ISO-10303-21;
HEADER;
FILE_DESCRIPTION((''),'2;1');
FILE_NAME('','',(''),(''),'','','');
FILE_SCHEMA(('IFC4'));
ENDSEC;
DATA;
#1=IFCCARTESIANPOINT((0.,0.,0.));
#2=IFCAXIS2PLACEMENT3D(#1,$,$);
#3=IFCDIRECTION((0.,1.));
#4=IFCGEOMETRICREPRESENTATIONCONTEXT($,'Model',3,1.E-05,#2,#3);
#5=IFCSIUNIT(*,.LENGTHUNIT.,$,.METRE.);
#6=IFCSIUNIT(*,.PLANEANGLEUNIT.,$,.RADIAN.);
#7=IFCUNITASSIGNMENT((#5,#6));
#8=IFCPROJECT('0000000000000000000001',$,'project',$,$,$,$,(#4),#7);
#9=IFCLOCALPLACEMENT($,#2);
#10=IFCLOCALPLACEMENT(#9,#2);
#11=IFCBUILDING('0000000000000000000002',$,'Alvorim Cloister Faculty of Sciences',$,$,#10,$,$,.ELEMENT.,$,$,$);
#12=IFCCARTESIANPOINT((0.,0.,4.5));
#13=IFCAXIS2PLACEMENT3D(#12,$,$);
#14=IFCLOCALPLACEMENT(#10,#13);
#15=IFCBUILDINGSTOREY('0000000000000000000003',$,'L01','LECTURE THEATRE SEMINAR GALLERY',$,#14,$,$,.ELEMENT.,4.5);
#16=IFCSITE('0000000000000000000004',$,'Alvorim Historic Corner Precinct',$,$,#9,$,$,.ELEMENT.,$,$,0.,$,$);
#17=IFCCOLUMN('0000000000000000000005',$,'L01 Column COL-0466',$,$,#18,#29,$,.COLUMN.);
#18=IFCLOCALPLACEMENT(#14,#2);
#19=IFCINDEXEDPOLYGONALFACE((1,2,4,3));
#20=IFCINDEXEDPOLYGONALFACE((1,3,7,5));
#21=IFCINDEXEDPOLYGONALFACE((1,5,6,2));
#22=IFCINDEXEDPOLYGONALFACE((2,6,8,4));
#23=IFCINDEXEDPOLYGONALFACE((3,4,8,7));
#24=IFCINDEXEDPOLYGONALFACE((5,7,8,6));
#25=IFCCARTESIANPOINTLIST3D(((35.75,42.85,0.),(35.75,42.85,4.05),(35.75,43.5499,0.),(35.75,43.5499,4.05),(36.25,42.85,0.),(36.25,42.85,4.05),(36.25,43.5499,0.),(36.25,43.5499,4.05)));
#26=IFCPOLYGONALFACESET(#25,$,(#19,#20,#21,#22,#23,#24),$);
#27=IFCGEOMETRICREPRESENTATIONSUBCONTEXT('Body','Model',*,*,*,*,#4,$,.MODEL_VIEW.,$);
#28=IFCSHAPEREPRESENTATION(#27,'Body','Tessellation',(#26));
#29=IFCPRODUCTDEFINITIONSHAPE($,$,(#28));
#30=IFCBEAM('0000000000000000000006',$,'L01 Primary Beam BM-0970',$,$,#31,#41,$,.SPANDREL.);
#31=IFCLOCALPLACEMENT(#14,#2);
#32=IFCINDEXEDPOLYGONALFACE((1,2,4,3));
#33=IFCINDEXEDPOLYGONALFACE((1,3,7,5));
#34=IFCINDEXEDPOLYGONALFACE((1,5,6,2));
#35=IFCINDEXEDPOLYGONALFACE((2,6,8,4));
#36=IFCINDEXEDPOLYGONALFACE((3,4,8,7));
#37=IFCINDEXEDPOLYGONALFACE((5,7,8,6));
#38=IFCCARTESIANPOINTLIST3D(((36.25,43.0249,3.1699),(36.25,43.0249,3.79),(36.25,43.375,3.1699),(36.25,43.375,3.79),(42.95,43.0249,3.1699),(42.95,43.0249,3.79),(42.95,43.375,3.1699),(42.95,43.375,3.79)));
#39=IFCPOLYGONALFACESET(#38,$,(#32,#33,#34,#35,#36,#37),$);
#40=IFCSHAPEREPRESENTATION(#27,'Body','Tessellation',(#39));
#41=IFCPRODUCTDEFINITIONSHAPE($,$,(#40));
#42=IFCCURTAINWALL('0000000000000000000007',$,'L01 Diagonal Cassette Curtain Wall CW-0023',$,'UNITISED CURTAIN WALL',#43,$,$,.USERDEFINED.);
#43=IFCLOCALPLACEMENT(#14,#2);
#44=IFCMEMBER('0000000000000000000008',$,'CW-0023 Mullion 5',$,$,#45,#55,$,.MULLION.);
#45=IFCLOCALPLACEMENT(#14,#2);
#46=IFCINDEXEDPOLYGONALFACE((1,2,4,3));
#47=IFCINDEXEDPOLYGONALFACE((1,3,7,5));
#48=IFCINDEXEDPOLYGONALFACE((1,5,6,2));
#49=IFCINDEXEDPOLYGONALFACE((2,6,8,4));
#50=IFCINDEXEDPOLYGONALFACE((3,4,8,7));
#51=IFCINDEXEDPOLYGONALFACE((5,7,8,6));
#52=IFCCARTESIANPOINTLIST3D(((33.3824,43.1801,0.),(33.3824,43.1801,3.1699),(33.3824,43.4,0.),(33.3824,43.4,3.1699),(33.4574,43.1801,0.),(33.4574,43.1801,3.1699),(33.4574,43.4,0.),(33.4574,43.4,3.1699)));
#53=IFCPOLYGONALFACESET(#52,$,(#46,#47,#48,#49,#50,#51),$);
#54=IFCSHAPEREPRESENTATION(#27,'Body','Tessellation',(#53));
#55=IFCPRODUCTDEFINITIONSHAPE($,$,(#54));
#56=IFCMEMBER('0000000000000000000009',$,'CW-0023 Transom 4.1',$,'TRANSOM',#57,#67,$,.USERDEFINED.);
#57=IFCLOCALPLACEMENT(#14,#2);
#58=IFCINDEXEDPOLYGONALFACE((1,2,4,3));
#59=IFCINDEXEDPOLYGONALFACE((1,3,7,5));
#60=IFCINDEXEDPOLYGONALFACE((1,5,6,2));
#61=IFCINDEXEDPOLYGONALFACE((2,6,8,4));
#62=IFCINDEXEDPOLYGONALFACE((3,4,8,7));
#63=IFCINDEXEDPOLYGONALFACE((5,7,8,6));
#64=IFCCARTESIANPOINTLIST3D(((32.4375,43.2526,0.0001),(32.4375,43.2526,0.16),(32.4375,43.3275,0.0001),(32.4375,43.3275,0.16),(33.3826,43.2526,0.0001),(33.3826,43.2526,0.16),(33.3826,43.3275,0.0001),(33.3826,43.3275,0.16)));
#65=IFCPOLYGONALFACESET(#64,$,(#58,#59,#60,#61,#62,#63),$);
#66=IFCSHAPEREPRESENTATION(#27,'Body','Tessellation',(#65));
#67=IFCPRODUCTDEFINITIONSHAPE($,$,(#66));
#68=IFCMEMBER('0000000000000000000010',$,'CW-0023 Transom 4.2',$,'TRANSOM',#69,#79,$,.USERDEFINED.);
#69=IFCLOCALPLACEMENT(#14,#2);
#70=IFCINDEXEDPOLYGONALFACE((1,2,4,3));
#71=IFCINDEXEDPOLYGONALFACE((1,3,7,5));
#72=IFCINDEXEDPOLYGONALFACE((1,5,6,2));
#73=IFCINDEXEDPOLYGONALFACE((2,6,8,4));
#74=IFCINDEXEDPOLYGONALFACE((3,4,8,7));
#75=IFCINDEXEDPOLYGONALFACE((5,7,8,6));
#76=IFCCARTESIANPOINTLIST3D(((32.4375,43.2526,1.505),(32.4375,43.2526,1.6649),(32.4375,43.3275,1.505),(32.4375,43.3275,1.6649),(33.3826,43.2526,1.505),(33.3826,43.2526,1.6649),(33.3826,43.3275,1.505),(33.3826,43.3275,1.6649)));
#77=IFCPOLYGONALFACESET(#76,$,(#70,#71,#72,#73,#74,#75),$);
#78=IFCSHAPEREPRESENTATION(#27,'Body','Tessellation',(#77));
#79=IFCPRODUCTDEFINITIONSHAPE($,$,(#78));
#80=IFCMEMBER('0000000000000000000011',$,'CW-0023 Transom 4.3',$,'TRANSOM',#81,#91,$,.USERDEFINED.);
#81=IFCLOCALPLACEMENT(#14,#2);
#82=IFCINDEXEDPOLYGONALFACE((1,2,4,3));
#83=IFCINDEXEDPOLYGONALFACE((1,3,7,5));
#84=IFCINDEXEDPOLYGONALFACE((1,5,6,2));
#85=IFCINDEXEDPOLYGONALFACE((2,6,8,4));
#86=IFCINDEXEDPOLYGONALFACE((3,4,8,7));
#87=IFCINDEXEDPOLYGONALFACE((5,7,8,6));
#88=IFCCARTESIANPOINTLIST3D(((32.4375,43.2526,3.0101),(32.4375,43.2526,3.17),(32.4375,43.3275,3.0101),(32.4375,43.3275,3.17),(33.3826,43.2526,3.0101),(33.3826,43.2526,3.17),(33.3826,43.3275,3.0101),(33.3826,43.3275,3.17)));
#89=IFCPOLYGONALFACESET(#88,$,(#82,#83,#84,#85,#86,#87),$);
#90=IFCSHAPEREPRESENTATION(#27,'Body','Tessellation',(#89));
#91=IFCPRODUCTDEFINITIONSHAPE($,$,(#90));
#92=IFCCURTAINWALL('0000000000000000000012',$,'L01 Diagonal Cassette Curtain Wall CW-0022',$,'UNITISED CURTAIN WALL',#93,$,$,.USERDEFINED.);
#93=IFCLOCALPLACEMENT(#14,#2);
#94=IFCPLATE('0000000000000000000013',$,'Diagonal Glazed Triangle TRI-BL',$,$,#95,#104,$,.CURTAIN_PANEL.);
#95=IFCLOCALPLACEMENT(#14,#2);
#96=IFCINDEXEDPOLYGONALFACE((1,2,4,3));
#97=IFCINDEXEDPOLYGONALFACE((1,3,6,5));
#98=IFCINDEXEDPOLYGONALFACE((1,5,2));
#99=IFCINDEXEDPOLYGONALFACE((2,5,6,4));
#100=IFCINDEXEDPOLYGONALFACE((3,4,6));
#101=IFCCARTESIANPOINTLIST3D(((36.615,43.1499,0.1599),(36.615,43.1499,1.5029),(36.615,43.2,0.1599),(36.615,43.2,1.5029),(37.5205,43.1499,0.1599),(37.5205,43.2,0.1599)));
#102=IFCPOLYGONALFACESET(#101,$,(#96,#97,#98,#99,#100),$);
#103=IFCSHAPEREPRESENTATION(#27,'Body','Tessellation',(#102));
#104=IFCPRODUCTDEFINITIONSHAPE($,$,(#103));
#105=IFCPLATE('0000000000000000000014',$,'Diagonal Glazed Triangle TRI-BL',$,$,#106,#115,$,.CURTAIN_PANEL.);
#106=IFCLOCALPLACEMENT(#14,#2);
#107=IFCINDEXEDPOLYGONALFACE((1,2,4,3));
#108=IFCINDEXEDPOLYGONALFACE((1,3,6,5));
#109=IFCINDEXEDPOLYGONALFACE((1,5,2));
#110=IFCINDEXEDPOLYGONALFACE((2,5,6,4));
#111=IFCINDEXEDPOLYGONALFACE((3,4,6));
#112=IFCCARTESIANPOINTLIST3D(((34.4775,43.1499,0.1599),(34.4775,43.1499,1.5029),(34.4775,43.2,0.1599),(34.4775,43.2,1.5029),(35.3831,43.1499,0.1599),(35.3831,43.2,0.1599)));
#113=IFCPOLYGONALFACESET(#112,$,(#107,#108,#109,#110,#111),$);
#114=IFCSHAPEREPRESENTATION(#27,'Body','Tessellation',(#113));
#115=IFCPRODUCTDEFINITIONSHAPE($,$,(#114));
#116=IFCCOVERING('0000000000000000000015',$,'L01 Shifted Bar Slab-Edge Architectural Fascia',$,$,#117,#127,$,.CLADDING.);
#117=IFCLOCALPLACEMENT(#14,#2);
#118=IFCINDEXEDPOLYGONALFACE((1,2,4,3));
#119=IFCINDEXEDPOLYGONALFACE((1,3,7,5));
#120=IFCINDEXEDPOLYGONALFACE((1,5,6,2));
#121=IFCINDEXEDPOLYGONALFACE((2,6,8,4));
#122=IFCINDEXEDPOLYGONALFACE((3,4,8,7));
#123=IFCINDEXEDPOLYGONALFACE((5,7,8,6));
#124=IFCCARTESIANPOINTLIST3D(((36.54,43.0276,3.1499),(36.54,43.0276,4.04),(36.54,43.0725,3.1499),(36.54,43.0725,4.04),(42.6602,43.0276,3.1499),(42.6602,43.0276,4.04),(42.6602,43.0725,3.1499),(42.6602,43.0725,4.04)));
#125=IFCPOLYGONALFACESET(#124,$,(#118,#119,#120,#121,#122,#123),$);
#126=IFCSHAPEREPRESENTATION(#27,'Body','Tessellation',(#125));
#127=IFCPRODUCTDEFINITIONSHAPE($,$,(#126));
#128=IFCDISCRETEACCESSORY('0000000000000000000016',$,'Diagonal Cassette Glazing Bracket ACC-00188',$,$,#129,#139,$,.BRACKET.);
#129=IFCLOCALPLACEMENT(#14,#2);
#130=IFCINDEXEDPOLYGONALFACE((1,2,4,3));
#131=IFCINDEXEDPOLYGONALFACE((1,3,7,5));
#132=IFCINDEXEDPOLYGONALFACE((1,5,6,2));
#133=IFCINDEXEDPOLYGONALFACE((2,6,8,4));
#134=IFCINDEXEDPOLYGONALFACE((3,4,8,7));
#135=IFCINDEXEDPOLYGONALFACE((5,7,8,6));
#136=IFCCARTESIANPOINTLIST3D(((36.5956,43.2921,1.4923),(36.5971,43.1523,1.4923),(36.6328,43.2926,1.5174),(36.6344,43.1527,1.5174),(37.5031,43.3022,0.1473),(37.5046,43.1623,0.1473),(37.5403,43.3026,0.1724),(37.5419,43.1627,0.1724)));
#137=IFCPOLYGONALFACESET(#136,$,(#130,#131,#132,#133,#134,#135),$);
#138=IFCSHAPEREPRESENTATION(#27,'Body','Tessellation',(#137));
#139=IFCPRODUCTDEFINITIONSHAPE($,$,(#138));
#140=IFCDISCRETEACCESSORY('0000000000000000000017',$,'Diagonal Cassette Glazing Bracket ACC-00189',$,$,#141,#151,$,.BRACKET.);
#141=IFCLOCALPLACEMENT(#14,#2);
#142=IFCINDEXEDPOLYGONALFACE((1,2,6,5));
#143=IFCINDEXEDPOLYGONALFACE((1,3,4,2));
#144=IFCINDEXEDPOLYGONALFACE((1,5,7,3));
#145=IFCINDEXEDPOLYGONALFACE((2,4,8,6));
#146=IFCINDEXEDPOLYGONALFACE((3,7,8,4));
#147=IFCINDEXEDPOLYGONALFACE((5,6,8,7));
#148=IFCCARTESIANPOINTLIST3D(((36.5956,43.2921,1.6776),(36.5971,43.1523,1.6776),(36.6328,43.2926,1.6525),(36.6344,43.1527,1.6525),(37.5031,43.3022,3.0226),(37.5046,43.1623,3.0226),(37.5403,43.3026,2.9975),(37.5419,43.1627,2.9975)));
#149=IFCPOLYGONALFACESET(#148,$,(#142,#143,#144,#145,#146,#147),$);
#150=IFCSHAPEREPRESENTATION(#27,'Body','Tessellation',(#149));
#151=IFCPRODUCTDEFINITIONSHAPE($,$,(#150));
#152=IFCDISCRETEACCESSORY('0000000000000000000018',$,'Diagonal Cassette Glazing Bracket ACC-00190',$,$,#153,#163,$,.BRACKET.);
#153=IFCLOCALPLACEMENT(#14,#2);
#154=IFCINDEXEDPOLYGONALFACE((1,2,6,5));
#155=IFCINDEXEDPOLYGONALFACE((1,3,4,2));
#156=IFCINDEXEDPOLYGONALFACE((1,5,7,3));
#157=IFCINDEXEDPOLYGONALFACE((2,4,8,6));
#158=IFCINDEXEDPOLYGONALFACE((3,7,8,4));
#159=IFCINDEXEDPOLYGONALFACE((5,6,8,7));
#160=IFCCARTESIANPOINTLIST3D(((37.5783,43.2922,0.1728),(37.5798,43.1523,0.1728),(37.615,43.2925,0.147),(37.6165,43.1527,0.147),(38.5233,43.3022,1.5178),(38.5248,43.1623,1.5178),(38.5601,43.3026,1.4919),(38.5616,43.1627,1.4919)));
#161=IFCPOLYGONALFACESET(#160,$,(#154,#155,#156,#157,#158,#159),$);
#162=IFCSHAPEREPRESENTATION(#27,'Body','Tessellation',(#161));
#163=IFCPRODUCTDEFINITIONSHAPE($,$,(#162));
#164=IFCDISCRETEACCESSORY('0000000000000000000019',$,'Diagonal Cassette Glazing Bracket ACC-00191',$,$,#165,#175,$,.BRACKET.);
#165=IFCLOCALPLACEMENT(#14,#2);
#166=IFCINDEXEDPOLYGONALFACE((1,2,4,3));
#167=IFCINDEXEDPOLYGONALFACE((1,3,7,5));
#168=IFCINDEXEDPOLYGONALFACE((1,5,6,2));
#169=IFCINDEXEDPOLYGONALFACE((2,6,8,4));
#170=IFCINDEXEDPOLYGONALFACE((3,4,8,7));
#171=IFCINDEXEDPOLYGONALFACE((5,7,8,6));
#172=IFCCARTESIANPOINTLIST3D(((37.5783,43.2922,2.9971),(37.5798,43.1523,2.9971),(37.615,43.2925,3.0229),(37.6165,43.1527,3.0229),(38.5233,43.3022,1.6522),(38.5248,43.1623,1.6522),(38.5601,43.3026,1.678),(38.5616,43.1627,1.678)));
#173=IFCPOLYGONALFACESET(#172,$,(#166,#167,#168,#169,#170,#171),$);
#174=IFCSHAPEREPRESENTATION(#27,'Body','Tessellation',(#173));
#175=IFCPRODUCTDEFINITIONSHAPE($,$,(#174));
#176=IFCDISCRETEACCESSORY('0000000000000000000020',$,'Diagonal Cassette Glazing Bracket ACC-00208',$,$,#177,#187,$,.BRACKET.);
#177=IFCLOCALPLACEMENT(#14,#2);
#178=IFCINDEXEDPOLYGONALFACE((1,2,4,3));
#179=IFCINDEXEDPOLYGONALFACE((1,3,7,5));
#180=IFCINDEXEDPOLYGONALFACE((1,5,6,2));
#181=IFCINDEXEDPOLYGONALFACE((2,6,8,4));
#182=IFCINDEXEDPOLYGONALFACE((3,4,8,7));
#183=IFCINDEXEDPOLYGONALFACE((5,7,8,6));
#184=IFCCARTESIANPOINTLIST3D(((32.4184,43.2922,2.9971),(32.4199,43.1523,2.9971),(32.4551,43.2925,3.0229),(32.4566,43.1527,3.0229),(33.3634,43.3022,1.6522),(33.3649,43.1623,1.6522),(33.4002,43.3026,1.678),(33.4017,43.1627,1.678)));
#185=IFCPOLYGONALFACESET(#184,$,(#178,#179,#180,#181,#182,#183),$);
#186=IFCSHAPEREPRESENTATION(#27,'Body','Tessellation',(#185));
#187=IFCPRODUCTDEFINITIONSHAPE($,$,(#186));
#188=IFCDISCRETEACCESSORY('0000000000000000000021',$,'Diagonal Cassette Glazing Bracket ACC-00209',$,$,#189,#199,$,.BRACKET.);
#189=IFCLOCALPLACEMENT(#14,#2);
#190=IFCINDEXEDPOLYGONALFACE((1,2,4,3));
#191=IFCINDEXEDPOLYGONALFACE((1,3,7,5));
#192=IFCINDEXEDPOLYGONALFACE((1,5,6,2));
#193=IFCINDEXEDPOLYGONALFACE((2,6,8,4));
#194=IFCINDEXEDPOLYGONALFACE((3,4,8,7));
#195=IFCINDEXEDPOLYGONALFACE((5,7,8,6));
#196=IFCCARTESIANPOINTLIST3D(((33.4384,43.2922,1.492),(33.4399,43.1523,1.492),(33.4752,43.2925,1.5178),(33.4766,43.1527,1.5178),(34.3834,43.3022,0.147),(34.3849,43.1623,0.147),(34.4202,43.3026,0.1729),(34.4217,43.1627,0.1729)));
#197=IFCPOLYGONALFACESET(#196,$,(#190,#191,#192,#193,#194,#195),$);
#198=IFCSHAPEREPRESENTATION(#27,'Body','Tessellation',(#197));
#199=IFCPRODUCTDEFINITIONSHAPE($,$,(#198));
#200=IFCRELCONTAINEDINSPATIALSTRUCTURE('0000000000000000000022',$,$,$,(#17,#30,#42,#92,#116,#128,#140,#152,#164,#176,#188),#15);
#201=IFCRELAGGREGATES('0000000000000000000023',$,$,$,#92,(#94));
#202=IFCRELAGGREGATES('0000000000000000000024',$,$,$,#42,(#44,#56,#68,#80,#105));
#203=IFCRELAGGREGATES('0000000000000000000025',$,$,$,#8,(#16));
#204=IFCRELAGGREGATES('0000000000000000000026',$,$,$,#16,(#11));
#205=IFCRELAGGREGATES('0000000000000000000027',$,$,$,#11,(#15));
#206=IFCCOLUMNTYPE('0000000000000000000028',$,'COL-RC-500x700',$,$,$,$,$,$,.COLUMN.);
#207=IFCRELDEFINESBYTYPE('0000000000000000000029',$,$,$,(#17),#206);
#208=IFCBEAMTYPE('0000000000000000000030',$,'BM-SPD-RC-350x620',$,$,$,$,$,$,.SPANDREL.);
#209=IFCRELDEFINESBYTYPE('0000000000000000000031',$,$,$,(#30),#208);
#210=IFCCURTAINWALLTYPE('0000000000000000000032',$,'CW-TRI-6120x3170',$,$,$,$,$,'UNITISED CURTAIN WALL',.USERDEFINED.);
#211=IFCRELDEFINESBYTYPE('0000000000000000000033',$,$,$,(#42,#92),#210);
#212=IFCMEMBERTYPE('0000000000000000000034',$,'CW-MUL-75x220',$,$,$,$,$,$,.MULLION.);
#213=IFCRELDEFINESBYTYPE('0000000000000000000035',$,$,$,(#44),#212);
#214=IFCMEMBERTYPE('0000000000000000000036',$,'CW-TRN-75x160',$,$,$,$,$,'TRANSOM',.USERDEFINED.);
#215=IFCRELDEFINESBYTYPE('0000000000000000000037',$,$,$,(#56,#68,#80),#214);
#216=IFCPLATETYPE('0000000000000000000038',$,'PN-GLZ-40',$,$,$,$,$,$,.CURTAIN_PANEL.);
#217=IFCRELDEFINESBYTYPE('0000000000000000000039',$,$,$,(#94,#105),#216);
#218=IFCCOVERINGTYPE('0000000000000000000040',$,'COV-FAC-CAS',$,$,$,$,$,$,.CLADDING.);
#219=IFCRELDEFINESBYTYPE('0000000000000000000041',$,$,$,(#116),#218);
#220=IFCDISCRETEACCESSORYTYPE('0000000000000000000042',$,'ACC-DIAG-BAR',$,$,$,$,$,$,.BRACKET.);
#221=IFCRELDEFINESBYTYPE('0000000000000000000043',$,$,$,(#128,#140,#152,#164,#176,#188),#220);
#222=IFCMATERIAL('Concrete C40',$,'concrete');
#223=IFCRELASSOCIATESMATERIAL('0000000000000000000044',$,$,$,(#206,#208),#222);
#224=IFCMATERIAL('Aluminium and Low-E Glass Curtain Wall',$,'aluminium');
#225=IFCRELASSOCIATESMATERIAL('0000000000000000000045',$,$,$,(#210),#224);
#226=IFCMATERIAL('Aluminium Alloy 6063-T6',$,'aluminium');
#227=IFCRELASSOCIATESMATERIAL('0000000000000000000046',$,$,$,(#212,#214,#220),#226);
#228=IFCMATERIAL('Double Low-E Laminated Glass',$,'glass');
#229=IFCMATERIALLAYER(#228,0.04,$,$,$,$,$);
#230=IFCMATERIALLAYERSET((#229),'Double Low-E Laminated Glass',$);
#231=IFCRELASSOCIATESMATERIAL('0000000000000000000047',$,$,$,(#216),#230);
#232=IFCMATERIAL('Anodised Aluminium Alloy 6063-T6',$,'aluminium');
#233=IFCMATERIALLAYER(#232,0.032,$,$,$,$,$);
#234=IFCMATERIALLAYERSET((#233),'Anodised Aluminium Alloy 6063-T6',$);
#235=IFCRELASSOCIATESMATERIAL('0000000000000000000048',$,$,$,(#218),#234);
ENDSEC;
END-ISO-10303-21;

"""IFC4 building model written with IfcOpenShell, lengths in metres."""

from ifc_helpers import new_model, si_unit, direction, frame, origin, origin_2d, place, context, subcontext, project, spatial, polyline, rectangle, outline, extrude, material, layer, layer_set, material_profile, profile_set, type_object, element, aggregate, save


model = new_model("IFC4")

# Units and contexts
model_context = context("Model", 3, precision=1e-05, world=origin(), true_north=direction((0.0, 1.0)))
body_context = subcontext(model_context, "Body", "Model", "MODEL_VIEW")
ifc_project = project(units=[si_unit("LENGTHUNIT", "METRE"), si_unit("PLANEANGLEUNIT", "RADIAN")], contexts=[model_context])

# Site, building, storey
site_placement = place(None, origin())
site = spatial("IfcSite", under=ifc_project, at=site_placement, Name="Alvorim Historic Corner Precinct", CompositionType="ELEMENT", RefElevation=0.0)
building_placement = place(site_placement, origin())
building = spatial("IfcBuilding", under=site, at=building_placement, Name="Alvorim Cloister Faculty of Sciences", CompositionType="ELEMENT")
storey_placement = place(building_placement, frame((0.0, 0.0, 4.5)))
storey = spatial("IfcBuildingStorey", under=building, at=storey_placement, Name="L01", Description="LECTURE THEATRE SEMINAR GALLERY", CompositionType="ELEMENT", Elevation=4.5)

# Column
ifc_material_1 = material(Name="Concrete C40", Category="concrete")
ifc_material_profile_1 = material_profile(ifc_material_1, rectangle(XDim=0.5, YDim=0.7, at=origin_2d()), Name="RC40-COL-500x700")
ifc_profile_set_1 = profile_set([ifc_material_profile_1], Name="Concrete C40")
column_type = type_object("IfcColumnType", Name="COL-RC-500x700", PredefinedType="COLUMN", material=ifc_profile_set_1)
column_placement = place(storey_placement, frame((36.0, 43.2, 0.0), z_axis=(0.0, 0.0, 1.0), x_axis=(1.0, 0.0, 0.0)))
element("IfcColumn", 1, at=column_placement, inside=storey, type_object=column_type, Name="L01 Column COL-0466", PredefinedType="COLUMN", context=body_context, shape_type="SweptSolid", body=[
    extrude(rectangle(XDim=0.5, YDim=0.7, at=origin_2d()), origin(), (0.0, 0.0, 1.0), 4.05),
])

# Beam
ifc_material_profile_2 = material_profile(ifc_material_1, rectangle(XDim=0.3501, YDim=0.6201, at=origin_2d()), Name="RC40-SPD-350x620")
ifc_profile_set_2 = profile_set([ifc_material_profile_2], Name="Concrete C40")
beam_type = type_object("IfcBeamType", Name="BM-SPD-RC-350x620", PredefinedType="SPANDREL", material=ifc_profile_set_2)
beam_placement = place(storey_placement, frame((36.25, 43.2, 3.48), z_axis=(1.0, 0.0, 0.0), x_axis=(0.0, 1.0, 0.0)))
element("IfcBeam", 2, at=beam_placement, inside=storey, type_object=beam_type, Name="L01 Primary Beam BM-0970", PredefinedType="SPANDREL", context=body_context, shape_type="SweptSolid", body=[
    extrude(rectangle(XDim=0.3501, YDim=0.6201, at=origin_2d()), origin(), (0.0, 0.0, 1.0), 6.7),
])

# Curtain wall, members
ifc_material_2 = material(Name="Aluminium and Low-E Glass Curtain Wall", Category="aluminium")
curtain_wall_type = type_object("IfcCurtainWallType", Name="CW-TRI-6120x3170", ElementType="UNITISED CURTAIN WALL", PredefinedType="USERDEFINED", material=ifc_material_2)
curtain_wall_1_placement = place(storey_placement, origin())
curtain_wall_1 = element("IfcCurtainWall", 3, at=curtain_wall_1_placement, inside=storey, type_object=curtain_wall_type, Name="L01 Diagonal Cassette Curtain Wall CW-0023", ObjectType="UNITISED CURTAIN WALL", PredefinedType="USERDEFINED")
ifc_material_3 = material(Name="Aluminium Alloy 6063-T6", Category="aluminium")
ifc_material_profile_3 = material_profile(ifc_material_3, rectangle(XDim=0.075, YDim=0.22, at=origin_2d()), Name="ALU-MUL-75x220")
ifc_profile_set_3 = profile_set([ifc_material_profile_3], Name="Aluminium Alloy 6063-T6")
member_type_1 = type_object("IfcMemberType", Name="CW-MUL-75x220", PredefinedType="MULLION", material=ifc_profile_set_3)
member_1_placement = place(storey_placement, frame((33.4199, 43.29, 0.0), z_axis=(0.0, 0.0, 1.0), x_axis=(1.0, 0.0, 0.0)))
member_1 = element("IfcMember", 4, at=member_1_placement, type_object=member_type_1, Name="CW-0023 Mullion 5", PredefinedType="MULLION", context=body_context, shape_type="SweptSolid", body=[
    extrude(rectangle(XDim=0.075, YDim=0.22, at=origin_2d()), origin(), (0.0, 0.0, 1.0), 3.1699),
])
ifc_material_profile_4 = material_profile(ifc_material_3, rectangle(XDim=0.075, YDim=0.1599, at=origin_2d()), Name="ALU-TRN-75x160")
ifc_profile_set_4 = profile_set([ifc_material_profile_4], Name="Aluminium Alloy 6063-T6")
member_type_2 = type_object("IfcMemberType", Name="CW-TRN-75x160", ElementType="TRANSOM", PredefinedType="USERDEFINED", material=ifc_profile_set_4)
member_2_placement = place(storey_placement, frame((32.4375, 43.29, 0.0801), z_axis=(1.0, 0.0, 0.0), x_axis=(0.0, 1.0, 0.0)))
member_2 = element("IfcMember", 5, at=member_2_placement, type_object=member_type_2, Name="CW-0023 Transom 4.1", ObjectType="TRANSOM", PredefinedType="USERDEFINED", context=body_context, shape_type="SweptSolid", body=[
    extrude(rectangle(XDim=0.075, YDim=0.1599, at=origin_2d()), origin(), (0.0, 0.0, 1.0), 0.9451),
])
member_3_placement = place(storey_placement, frame((32.4375, 43.29, 1.585), z_axis=(1.0, 0.0, 0.0), x_axis=(0.0, 1.0, 0.0)))
member_3 = element("IfcMember", 6, at=member_3_placement, type_object=member_type_2, Name="CW-0023 Transom 4.2", ObjectType="TRANSOM", PredefinedType="USERDEFINED", context=body_context, shape_type="SweptSolid", body=[
    extrude(rectangle(XDim=0.075, YDim=0.1599, at=origin_2d()), origin(), (0.0, 0.0, 1.0), 0.9451),
])
member_4_placement = place(storey_placement, frame((32.4375, 43.29, 3.0901), z_axis=(1.0, 0.0, 0.0), x_axis=(0.0, 1.0, 0.0)))
member_4 = element("IfcMember", 7, at=member_4_placement, type_object=member_type_2, Name="CW-0023 Transom 4.3", ObjectType="TRANSOM", PredefinedType="USERDEFINED", context=body_context, shape_type="SweptSolid", body=[
    extrude(rectangle(XDim=0.075, YDim=0.1599, at=origin_2d()), origin(), (0.0, 0.0, 1.0), 0.9451),
])

# Curtain wall, plate
curtain_wall_2_placement = place(storey_placement, origin())
curtain_wall_2 = element("IfcCurtainWall", 8, at=curtain_wall_2_placement, inside=storey, type_object=curtain_wall_type, Name="L01 Diagonal Cassette Curtain Wall CW-0022", ObjectType="UNITISED CURTAIN WALL", PredefinedType="USERDEFINED")
ifc_material_4 = material(Name="Double Low-E Laminated Glass", Category="glass")
ifc_layer_1 = layer(ifc_material_4, 0.04)
ifc_layer_set_1 = layer_set([ifc_layer_1], Name="Double Low-E Laminated Glass")
plate_type = type_object("IfcPlateType", Name="PN-GLZ-40", PredefinedType="CURTAIN_PANEL", material=ifc_layer_set_1)
plate_1_placement = place(storey_placement, frame((36.615, 43.175, 0.1599), z_axis=(0.0, 0.0, 1.0), x_axis=(1.0, 0.0, 0.0)))
plate_1 = element("IfcPlate", 9, at=plate_1_placement, type_object=plate_type, Name="Diagonal Glazed Triangle TRI-BL", PredefinedType="CURTAIN_PANEL", context=body_context, shape_type="SweptSolid", body=[
    extrude(outline(polyline([(0.0, 0.0), (0.9055, 0.0), (0.0, 1.343), (0.0, 0.0)])), frame((0.0, 0.0249, 0.0), z_axis=(0.0, -1.0, 0.0), x_axis=(1.0, 0.0, 0.0)), (0.0, 0.0, 1.0), 0.05),
])
aggregate(curtain_wall_2, [plate_1])

# Plate
plate_2_placement = place(storey_placement, frame((34.4775, 43.175, 0.1599), z_axis=(0.0, 0.0, 1.0), x_axis=(1.0, 0.0, 0.0)))
plate_2 = element("IfcPlate", 10, at=plate_2_placement, type_object=plate_type, Name="Diagonal Glazed Triangle TRI-BL", PredefinedType="CURTAIN_PANEL", context=body_context, shape_type="SweptSolid", body=[
    extrude(outline(polyline([(0.0, 0.0), (0.9055, 0.0), (0.0, 1.343), (0.0, 0.0)])), frame((0.0, 0.0249, 0.0), z_axis=(0.0, -1.0, 0.0), x_axis=(1.0, 0.0, 0.0)), (0.0, 0.0, 1.0), 0.05),
])
aggregate(curtain_wall_1, [member_1, member_2, member_3, member_4, plate_2])

# Covering
ifc_material_5 = material(Name="Anodised Aluminium Alloy 6063-T6", Category="aluminium")
ifc_layer_2 = layer(ifc_material_5, 0.032)
ifc_layer_set_2 = layer_set([ifc_layer_2], Name="Anodised Aluminium Alloy 6063-T6")
covering_type = type_object("IfcCoveringType", Name="COV-FAC-CAS", PredefinedType="CLADDING", material=ifc_layer_set_2)
covering_placement = place(storey_placement, frame((36.54, 43.05, 3.1499), z_axis=(0.0, 0.0, 1.0), x_axis=(1.0, 0.0, 0.0)))
element("IfcCovering", 11, at=covering_placement, inside=storey, type_object=covering_type, Name="L01 Shifted Bar Slab-Edge Architectural Fascia", PredefinedType="CLADDING", context=body_context, shape_type="SweptSolid", body=[
    extrude(outline(polyline([(0.0, 0.0), (6.1201, 0.0), (6.1201, 0.8901), (0.0, 0.8901), (0.0, 0.0)])), frame((0.0, 0.0225, 0.0), z_axis=(0.0, -1.0, 0.0), x_axis=(1.0, 0.0, 0.0)), (0.0, 0.0, 1.0), 0.0449),
])

# Discrete accessories
discrete_accessory_type = type_object("IfcDiscreteAccessoryType", Name="ACC-DIAG-BAR", PredefinedType="BRACKET", material=ifc_material_3)
for number, where, z_axis, x_axis, name in (
    (12, (36.615, 43.2224, 1.5049), (0.559299, 0.006169, -0.828943), (-0.01103, 0.999939, 0.0), "Diagonal Cassette Glazing Bracket ACC-00188"),
    (13, (36.615, 43.2224, 1.665), (0.559299, 0.006169, 0.828943), (-0.01103, 0.999939, 0.0), "Diagonal Cassette Glazing Bracket ACC-00189"),
):
    element("IfcDiscreteAccessory", number, at=place(storey_placement, frame(where, z_axis=z_axis, x_axis=x_axis)), inside=storey, type_object=discrete_accessory_type, Name=name, PredefinedType="BRACKET", context=body_context, shape_type="SweptSolid", body=[
        extrude(rectangle(XDim=0.1399, YDim=0.0449, at=origin_2d()), origin(), (0.0, 0.0, 1.0), 1.6226),
    ])
for number, where, z_axis, x_axis, name in (
    (14, (37.5974, 43.2224, 0.1599), (0.574916, 0.006089, 0.81819), (-0.010591, 0.999944, 0.0), "Diagonal Cassette Glazing Bracket ACC-00190"),
    (15, (37.5974, 43.2224, 3.01), (0.574916, 0.006089, -0.81819), (-0.010591, 0.999944, 0.0), "Diagonal Cassette Glazing Bracket ACC-00191"),
    (16, (32.4375, 43.2224, 3.01), (0.574916, 0.006089, -0.81819), (-0.010591, 0.999944, 0.0), "Diagonal Cassette Glazing Bracket ACC-00208"),
    (17, (33.4575, 43.2224, 1.5049), (0.574916, 0.006089, -0.81819), (-0.010591, 0.999944, 0.0), "Diagonal Cassette Glazing Bracket ACC-00209"),
):
    element("IfcDiscreteAccessory", number, at=place(storey_placement, frame(where, z_axis=z_axis, x_axis=x_axis)), inside=storey, type_object=discrete_accessory_type, Name=name, PredefinedType="BRACKET", context=body_context, shape_type="SweptSolid", body=[
        extrude(rectangle(XDim=0.1399, YDim=0.0449, at=origin_2d()), origin(), (0.0, 0.0, 1.0), 1.6438),
    ])

save(model, "model.ifc")
